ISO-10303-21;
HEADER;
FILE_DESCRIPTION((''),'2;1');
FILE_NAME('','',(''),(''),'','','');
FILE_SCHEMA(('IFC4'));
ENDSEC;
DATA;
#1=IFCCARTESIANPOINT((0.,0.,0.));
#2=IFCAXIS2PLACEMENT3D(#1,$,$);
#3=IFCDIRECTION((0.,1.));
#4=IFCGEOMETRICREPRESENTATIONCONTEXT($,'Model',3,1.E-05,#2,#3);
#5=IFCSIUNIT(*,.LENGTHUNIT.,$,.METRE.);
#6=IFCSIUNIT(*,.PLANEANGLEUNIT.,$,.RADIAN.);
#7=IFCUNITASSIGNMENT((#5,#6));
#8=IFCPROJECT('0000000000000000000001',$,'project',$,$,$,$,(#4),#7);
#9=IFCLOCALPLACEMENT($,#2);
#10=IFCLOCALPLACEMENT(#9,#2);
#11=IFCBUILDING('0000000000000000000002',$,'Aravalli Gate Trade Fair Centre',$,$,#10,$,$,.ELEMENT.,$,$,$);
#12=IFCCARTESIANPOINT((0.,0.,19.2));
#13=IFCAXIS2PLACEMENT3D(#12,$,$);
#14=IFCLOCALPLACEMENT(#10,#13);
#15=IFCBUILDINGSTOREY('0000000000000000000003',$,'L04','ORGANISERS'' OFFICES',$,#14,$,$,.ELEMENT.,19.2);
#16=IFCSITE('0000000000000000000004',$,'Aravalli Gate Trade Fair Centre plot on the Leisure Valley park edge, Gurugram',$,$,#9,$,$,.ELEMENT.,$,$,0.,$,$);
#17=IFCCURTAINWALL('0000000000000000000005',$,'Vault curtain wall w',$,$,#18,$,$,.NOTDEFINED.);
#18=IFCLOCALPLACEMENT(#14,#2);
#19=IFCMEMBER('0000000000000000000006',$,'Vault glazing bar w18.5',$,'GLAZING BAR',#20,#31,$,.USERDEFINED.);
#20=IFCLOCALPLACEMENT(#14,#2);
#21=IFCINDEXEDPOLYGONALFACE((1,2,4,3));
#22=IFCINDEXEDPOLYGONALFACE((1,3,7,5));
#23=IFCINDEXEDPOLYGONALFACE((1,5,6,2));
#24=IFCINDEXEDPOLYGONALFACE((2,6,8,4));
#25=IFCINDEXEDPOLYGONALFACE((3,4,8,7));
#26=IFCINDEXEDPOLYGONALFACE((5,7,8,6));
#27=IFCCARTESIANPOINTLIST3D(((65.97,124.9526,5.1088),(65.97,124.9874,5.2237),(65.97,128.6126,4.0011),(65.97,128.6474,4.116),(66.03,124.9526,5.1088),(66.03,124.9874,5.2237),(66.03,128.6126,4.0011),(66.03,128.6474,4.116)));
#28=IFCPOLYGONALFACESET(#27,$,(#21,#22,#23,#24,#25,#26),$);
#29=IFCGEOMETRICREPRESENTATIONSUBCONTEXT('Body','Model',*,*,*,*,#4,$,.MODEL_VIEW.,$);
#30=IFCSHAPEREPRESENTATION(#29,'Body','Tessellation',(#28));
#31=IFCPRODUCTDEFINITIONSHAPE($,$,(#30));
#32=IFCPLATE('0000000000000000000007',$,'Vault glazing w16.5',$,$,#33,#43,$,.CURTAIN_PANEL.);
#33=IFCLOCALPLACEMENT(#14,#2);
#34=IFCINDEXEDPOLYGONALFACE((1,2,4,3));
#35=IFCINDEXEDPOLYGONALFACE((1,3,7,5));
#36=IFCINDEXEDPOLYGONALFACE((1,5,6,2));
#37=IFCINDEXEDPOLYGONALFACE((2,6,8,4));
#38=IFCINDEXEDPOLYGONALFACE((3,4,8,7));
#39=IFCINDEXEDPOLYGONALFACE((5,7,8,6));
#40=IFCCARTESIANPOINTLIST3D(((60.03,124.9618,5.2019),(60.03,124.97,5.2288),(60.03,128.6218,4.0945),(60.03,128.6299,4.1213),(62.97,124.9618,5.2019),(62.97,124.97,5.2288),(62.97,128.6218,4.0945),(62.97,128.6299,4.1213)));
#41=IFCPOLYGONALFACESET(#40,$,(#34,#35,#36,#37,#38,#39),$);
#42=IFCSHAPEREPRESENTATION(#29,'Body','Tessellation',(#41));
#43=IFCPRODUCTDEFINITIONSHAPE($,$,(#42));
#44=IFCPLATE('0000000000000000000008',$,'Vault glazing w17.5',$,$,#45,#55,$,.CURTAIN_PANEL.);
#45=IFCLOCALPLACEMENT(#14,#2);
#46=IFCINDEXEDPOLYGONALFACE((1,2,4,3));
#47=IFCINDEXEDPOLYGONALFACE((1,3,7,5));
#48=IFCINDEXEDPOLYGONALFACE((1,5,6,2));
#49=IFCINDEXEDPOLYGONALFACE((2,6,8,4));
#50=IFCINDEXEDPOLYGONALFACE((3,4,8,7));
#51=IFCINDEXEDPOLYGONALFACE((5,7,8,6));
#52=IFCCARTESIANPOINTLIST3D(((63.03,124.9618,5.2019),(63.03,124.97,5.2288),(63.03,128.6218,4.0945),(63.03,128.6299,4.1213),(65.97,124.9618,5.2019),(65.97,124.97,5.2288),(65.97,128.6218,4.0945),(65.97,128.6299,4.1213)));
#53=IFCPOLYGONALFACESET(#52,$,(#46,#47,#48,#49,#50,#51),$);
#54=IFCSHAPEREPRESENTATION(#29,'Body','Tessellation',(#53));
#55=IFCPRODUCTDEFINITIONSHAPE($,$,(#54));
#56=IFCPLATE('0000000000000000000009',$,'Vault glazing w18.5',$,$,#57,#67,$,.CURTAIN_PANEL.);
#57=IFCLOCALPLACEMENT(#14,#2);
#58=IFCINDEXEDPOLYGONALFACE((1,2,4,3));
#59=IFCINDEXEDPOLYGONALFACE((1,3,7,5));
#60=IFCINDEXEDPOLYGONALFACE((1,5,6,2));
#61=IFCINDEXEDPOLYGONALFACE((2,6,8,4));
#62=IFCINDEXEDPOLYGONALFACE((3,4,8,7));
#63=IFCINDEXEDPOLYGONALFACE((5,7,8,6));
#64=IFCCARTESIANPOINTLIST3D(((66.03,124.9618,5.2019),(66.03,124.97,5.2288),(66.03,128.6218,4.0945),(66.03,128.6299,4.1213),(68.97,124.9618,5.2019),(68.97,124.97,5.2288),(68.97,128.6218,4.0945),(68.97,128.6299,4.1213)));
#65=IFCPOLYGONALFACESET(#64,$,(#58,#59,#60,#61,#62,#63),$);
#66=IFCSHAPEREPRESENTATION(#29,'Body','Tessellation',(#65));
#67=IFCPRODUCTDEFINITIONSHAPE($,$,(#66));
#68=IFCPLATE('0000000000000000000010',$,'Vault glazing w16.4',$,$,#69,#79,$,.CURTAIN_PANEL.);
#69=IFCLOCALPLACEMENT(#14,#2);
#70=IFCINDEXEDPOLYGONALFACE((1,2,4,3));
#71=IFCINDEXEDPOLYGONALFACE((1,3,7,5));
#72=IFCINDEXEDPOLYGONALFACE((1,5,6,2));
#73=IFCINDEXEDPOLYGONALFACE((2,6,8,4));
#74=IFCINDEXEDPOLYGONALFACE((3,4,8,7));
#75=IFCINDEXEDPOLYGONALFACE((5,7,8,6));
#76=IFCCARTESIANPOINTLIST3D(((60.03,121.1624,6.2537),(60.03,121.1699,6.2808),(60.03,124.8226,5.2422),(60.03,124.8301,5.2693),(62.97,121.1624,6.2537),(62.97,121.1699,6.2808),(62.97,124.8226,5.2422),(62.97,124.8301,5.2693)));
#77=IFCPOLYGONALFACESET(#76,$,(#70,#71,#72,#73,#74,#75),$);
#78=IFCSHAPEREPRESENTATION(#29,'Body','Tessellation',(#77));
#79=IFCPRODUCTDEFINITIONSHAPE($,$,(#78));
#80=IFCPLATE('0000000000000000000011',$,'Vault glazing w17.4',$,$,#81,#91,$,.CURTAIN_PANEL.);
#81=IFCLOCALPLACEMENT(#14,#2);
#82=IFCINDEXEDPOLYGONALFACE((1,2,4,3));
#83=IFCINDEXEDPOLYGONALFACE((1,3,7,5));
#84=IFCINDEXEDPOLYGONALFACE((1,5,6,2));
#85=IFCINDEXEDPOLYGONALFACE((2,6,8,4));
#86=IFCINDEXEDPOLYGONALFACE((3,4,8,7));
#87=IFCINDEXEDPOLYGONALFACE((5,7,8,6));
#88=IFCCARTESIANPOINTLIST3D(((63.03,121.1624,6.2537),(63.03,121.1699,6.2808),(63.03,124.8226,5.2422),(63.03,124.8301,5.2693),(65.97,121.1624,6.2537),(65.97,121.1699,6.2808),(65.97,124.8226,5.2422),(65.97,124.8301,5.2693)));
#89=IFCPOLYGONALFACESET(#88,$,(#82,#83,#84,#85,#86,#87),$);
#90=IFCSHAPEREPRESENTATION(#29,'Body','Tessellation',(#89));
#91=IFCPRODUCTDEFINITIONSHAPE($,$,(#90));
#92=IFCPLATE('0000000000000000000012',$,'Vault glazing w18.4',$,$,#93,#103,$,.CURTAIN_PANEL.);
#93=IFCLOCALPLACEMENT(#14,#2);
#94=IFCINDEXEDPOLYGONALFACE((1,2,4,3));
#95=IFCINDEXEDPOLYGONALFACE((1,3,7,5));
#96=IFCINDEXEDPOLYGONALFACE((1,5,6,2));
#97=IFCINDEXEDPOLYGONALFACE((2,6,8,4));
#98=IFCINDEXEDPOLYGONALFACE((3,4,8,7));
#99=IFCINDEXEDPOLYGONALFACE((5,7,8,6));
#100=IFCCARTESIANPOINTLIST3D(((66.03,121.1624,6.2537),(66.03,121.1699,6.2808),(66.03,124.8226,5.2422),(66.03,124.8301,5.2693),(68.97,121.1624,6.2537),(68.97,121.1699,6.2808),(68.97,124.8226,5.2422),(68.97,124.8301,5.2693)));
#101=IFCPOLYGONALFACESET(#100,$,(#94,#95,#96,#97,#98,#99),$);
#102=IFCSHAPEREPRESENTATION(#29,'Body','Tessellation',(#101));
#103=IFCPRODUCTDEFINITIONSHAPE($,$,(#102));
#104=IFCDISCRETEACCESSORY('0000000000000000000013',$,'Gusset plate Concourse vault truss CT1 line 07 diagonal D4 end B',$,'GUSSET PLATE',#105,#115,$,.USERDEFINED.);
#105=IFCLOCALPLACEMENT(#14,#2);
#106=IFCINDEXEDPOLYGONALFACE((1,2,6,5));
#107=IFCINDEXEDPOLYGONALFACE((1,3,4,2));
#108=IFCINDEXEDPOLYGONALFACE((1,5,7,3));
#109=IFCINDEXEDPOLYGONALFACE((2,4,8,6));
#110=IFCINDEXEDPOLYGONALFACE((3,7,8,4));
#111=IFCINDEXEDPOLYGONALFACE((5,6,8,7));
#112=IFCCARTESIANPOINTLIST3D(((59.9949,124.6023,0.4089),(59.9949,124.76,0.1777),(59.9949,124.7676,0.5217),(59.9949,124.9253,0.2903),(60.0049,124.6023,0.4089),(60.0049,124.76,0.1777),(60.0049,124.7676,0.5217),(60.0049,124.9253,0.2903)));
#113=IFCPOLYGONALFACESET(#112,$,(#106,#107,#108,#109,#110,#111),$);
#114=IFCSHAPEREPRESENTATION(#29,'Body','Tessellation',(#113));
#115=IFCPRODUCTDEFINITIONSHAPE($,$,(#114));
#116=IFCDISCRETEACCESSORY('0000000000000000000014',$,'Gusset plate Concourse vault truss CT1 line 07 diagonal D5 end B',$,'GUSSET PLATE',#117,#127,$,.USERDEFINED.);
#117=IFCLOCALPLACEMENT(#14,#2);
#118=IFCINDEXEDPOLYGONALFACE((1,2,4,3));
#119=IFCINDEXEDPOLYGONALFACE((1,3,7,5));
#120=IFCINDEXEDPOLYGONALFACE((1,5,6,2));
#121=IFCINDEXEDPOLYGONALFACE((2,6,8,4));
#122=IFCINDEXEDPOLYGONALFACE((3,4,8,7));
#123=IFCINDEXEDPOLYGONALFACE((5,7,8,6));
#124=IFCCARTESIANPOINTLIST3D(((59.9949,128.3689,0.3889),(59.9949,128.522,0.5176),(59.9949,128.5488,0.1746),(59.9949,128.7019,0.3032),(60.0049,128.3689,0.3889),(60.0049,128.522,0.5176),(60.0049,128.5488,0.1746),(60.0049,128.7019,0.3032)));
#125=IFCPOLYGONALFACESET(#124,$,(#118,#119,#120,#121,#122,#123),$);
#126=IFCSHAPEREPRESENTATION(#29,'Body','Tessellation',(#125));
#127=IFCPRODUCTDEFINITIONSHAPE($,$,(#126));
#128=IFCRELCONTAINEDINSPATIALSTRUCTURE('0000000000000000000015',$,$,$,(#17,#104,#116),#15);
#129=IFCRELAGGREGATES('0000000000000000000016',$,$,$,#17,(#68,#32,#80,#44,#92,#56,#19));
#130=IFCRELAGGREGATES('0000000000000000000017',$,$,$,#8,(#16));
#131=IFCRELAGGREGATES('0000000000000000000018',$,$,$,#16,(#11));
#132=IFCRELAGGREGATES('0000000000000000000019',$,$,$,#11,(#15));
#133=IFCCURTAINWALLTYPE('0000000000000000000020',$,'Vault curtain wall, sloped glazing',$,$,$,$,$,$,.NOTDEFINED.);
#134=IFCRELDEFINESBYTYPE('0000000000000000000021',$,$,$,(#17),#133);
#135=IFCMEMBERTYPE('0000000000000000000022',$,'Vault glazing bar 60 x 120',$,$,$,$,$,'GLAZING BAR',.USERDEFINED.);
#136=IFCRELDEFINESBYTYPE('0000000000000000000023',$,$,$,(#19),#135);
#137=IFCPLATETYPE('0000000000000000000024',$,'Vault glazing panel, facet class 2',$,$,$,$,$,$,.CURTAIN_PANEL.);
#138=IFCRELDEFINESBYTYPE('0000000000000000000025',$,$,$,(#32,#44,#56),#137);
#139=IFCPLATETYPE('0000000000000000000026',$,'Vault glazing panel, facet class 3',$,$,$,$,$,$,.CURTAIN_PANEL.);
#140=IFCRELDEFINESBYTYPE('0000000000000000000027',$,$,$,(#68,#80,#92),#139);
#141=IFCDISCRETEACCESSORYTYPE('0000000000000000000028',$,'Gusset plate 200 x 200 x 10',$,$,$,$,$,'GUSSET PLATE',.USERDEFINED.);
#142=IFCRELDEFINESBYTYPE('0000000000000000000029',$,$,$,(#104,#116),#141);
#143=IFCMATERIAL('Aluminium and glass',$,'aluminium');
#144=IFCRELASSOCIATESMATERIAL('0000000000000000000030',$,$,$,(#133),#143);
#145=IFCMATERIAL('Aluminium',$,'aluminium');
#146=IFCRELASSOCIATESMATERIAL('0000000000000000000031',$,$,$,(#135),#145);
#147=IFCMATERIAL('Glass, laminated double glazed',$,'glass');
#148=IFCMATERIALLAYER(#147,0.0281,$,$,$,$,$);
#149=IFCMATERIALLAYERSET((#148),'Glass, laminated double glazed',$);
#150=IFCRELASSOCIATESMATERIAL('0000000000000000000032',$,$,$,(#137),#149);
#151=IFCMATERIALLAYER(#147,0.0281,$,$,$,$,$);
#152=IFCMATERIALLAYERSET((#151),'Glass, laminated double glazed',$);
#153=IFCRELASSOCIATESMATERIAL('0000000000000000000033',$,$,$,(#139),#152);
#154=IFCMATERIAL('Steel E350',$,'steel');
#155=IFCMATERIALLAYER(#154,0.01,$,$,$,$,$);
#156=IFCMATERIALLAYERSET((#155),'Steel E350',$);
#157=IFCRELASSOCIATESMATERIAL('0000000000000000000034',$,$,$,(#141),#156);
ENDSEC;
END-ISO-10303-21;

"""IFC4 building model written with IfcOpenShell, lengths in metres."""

from ifc_helpers import new_model, si_unit, direction, frame, origin, origin_2d, place, context, subcontext, project, spatial, polyline, rectangle, outline, extrude, material, layer, layer_set, material_profile, profile_set, type_object, element, aggregate, save


model = new_model("IFC4")

# Units and contexts
model_context = context("Model", 3, precision=1e-05, world=origin(), true_north=direction((0.0, 1.0)))
body_context = subcontext(model_context, "Body", "Model", "MODEL_VIEW")
ifc_project = project(units=[si_unit("LENGTHUNIT", "METRE"), si_unit("PLANEANGLEUNIT", "RADIAN")], contexts=[model_context])

# Site, building, storey
site_placement = place(None, origin())
site = spatial("IfcSite", under=ifc_project, at=site_placement, Name="Aravalli Gate Trade Fair Centre plot on the Leisure Valley park edge, Gurugram", CompositionType="ELEMENT", RefElevation=0.0)
building_placement = place(site_placement, origin())
building = spatial("IfcBuilding", under=site, at=building_placement, Name="Aravalli Gate Trade Fair Centre", CompositionType="ELEMENT")
storey_placement = place(building_placement, frame((0.0, 0.0, 19.2)))
storey = spatial("IfcBuildingStorey", under=building, at=storey_placement, Name="L04", Description="ORGANISERS' OFFICES", CompositionType="ELEMENT", Elevation=19.2)

# Shared definitions
ifc_material_1 = material(Name="Steel E350", Category="steel")
ifc_material_2 = material(Name="Aluminium", Category="aluminium")

# Curtain wall, member, plates
ifc_material_3 = material(Name="Aluminium and glass", Category="aluminium")
curtain_wall_type = type_object("IfcCurtainWallType", Name="Vault curtain wall, sloped glazing", PredefinedType="NOTDEFINED", material=ifc_material_3)
curtain_wall_placement = place(storey_placement, origin())
curtain_wall = element("IfcCurtainWall", 1, at=curtain_wall_placement, inside=storey, type_object=curtain_wall_type, Name="Vault curtain wall w", PredefinedType="NOTDEFINED")
ifc_material_profile_1 = material_profile(ifc_material_2, rectangle(XDim=0.0601, YDim=0.1201, at=origin_2d()), Name="Vault glazing bar 60 x 120")
ifc_profile_set_1 = profile_set([ifc_material_profile_1], Name="Aluminium")
member_type_1 = type_object("IfcMemberType", Name="Vault glazing bar 60 x 120", ElementType="GLAZING BAR", PredefinedType="USERDEFINED", material=ifc_profile_set_1)
member_1_placement = place(storey_placement, frame((66.0, 124.97, 5.1663), z_axis=(0.0, 0.957126, -0.289672), x_axis=(-1.0, 0.0, 0.0)))
member_1 = element("IfcMember", 2, at=member_1_placement, type_object=member_type_1, Name="Vault glazing bar w18.5", ObjectType="GLAZING BAR", PredefinedType="USERDEFINED", context=body_context, shape_type="SweptSolid", body=[
    extrude(rectangle(XDim=0.0601, YDim=0.1201, at=origin_2d()), origin(), (0.0, 0.0, 1.0), 3.824),
])
ifc_material_4 = material(Name="Glass, laminated double glazed", Category="glass")
ifc_layer_1 = layer(ifc_material_4, 0.0281)
ifc_layer_set_1 = layer_set([ifc_layer_1], Name="Glass, laminated double glazed")
plate_type_1 = type_object("IfcPlateType", Name="Vault glazing panel, facet class 2", PredefinedType="CURTAIN_PANEL", material=ifc_layer_set_1)
plate_1_placement = place(storey_placement, frame((60.03, 124.97, 5.2288), z_axis=(0.0, 0.289614, 0.957144), x_axis=(1.0, 0.0, 0.0)))
plate_1 = element("IfcPlate", 3, at=plate_1_placement, type_object=plate_type_1, Name="Vault glazing w16.5", PredefinedType="CURTAIN_PANEL", context=body_context, shape_type="SweptSolid", body=[
    extrude(outline(polyline([(0.0, 0.0), (2.9399, 0.0), (2.9399, 3.8238), (0.0, 3.8238), (0.0, 0.0)])), origin(), (0.0, 0.0, -1.0), 0.0281),
])
plate_2_placement = place(storey_placement, frame((63.03, 124.97, 5.2288), z_axis=(0.0, 0.289614, 0.957144), x_axis=(1.0, 0.0, 0.0)))
plate_2 = element("IfcPlate", 4, at=plate_2_placement, type_object=plate_type_1, Name="Vault glazing w17.5", PredefinedType="CURTAIN_PANEL", context=body_context, shape_type="SweptSolid", body=[
    extrude(outline(polyline([(0.0, 0.0), (2.9399, 0.0), (2.9399, 3.8238), (0.0, 3.8238), (0.0, 0.0)])), origin(), (0.0, 0.0, -1.0), 0.0281),
])
plate_3_placement = place(storey_placement, frame((66.03, 124.97, 5.2288), z_axis=(0.0, 0.289614, 0.957144), x_axis=(1.0, 0.0, 0.0)))
plate_3 = element("IfcPlate", 5, at=plate_3_placement, type_object=plate_type_1, Name="Vault glazing w18.5", PredefinedType="CURTAIN_PANEL", context=body_context, shape_type="SweptSolid", body=[
    extrude(outline(polyline([(0.0, 0.0), (2.9399, 0.0), (2.9399, 3.8238), (0.0, 3.8238), (0.0, 0.0)])), origin(), (0.0, 0.0, -1.0), 0.0281),
])
ifc_layer_2 = layer(ifc_material_4, 0.0281)
ifc_layer_set_2 = layer_set([ifc_layer_2], Name="Glass, laminated double glazed")
plate_type_2 = type_object("IfcPlateType", Name="Vault glazing panel, facet class 3", PredefinedType="CURTAIN_PANEL", material=ifc_layer_set_2)
plate_4_placement = place(storey_placement, frame((60.03, 121.1699, 6.2808), z_axis=(0.0, 0.266364, 0.963873), x_axis=(1.0, 0.0, 0.0)))
plate_4 = element("IfcPlate", 6, at=plate_4_placement, type_object=plate_type_2, Name="Vault glazing w16.4", PredefinedType="CURTAIN_PANEL", context=body_context, shape_type="SweptSolid", body=[
    extrude(outline(polyline([(0.0, 0.0), (2.9399, 0.0), (2.9399, 3.7973), (0.0, 3.7973), (0.0, 0.0)])), origin(), (0.0, 0.0, -1.0), 0.0281),
])
plate_5_placement = place(storey_placement, frame((63.03, 121.1699, 6.2808), z_axis=(0.0, 0.266364, 0.963873), x_axis=(1.0, 0.0, 0.0)))
plate_5 = element("IfcPlate", 7, at=plate_5_placement, type_object=plate_type_2, Name="Vault glazing w17.4", PredefinedType="CURTAIN_PANEL", context=body_context, shape_type="SweptSolid", body=[
    extrude(outline(polyline([(0.0, 0.0), (2.9399, 0.0), (2.9399, 3.7973), (0.0, 3.7973), (0.0, 0.0)])), origin(), (0.0, 0.0, -1.0), 0.0281),
])
plate_6_placement = place(storey_placement, frame((66.03, 121.1699, 6.2808), z_axis=(0.0, 0.266364, 0.963873), x_axis=(1.0, 0.0, 0.0)))
plate_6 = element("IfcPlate", 8, at=plate_6_placement, type_object=plate_type_2, Name="Vault glazing w18.4", PredefinedType="CURTAIN_PANEL", context=body_context, shape_type="SweptSolid", body=[
    extrude(outline(polyline([(0.0, 0.0), (2.9399, 0.0), (2.9399, 3.7973), (0.0, 3.7973), (0.0, 0.0)])), origin(), (0.0, 0.0, -1.0), 0.0281),
])
aggregate(curtain_wall, [plate_4, plate_1, plate_5, plate_2, plate_6, plate_3, member_1])

# Discrete accessories
ifc_layer_3 = layer(ifc_material_1, 0.01)
ifc_layer_set_3 = layer_set([ifc_layer_3], Name="Steel E350")
discrete_accessory_type = type_object("IfcDiscreteAccessoryType", Name="Gusset plate 200 x 200 x 10", ElementType="GUSSET PLATE", PredefinedType="USERDEFINED", material=ifc_layer_set_3)
discrete_accessory_1_placement = place(storey_placement, frame((60.0049, 124.6023, 0.4089), z_axis=(1.0, 0.0, 0.0), x_axis=(0.0, 0.563526, -0.826098)))
element("IfcDiscreteAccessory", 9, at=discrete_accessory_1_placement, inside=storey, type_object=discrete_accessory_type, Name="Gusset plate Concourse vault truss CT1 line 07 diagonal D4 end B", ObjectType="GUSSET PLATE", PredefinedType="USERDEFINED", context=body_context, shape_type="SweptSolid", body=[
    extrude(outline(polyline([(0.0, 0.0), (0.2799, 0.0), (0.28, 0.2), (0.0, 0.2001), (0.0, 0.0)])), origin(), (0.0, 0.0, -1.0), 0.01),
])
discrete_accessory_2_placement = place(storey_placement, frame((60.0049, 128.3689, 0.3889), z_axis=(1.0, 0.0, 0.0), x_axis=(0.0, 0.642926, -0.765928)))
element("IfcDiscreteAccessory", 10, at=discrete_accessory_2_placement, inside=storey, type_object=discrete_accessory_type, Name="Gusset plate Concourse vault truss CT1 line 07 diagonal D5 end B", ObjectType="GUSSET PLATE", PredefinedType="USERDEFINED", context=body_context, shape_type="SweptSolid", body=[
    extrude(outline(polyline([(0.0, 0.0), (0.2799, 0.0), (0.2797, 0.2), (-0.0001, 0.2), (0.0, 0.0)])), origin(), (0.0, 0.0, -1.0), 0.01),
])

save(model, "model.ifc")
